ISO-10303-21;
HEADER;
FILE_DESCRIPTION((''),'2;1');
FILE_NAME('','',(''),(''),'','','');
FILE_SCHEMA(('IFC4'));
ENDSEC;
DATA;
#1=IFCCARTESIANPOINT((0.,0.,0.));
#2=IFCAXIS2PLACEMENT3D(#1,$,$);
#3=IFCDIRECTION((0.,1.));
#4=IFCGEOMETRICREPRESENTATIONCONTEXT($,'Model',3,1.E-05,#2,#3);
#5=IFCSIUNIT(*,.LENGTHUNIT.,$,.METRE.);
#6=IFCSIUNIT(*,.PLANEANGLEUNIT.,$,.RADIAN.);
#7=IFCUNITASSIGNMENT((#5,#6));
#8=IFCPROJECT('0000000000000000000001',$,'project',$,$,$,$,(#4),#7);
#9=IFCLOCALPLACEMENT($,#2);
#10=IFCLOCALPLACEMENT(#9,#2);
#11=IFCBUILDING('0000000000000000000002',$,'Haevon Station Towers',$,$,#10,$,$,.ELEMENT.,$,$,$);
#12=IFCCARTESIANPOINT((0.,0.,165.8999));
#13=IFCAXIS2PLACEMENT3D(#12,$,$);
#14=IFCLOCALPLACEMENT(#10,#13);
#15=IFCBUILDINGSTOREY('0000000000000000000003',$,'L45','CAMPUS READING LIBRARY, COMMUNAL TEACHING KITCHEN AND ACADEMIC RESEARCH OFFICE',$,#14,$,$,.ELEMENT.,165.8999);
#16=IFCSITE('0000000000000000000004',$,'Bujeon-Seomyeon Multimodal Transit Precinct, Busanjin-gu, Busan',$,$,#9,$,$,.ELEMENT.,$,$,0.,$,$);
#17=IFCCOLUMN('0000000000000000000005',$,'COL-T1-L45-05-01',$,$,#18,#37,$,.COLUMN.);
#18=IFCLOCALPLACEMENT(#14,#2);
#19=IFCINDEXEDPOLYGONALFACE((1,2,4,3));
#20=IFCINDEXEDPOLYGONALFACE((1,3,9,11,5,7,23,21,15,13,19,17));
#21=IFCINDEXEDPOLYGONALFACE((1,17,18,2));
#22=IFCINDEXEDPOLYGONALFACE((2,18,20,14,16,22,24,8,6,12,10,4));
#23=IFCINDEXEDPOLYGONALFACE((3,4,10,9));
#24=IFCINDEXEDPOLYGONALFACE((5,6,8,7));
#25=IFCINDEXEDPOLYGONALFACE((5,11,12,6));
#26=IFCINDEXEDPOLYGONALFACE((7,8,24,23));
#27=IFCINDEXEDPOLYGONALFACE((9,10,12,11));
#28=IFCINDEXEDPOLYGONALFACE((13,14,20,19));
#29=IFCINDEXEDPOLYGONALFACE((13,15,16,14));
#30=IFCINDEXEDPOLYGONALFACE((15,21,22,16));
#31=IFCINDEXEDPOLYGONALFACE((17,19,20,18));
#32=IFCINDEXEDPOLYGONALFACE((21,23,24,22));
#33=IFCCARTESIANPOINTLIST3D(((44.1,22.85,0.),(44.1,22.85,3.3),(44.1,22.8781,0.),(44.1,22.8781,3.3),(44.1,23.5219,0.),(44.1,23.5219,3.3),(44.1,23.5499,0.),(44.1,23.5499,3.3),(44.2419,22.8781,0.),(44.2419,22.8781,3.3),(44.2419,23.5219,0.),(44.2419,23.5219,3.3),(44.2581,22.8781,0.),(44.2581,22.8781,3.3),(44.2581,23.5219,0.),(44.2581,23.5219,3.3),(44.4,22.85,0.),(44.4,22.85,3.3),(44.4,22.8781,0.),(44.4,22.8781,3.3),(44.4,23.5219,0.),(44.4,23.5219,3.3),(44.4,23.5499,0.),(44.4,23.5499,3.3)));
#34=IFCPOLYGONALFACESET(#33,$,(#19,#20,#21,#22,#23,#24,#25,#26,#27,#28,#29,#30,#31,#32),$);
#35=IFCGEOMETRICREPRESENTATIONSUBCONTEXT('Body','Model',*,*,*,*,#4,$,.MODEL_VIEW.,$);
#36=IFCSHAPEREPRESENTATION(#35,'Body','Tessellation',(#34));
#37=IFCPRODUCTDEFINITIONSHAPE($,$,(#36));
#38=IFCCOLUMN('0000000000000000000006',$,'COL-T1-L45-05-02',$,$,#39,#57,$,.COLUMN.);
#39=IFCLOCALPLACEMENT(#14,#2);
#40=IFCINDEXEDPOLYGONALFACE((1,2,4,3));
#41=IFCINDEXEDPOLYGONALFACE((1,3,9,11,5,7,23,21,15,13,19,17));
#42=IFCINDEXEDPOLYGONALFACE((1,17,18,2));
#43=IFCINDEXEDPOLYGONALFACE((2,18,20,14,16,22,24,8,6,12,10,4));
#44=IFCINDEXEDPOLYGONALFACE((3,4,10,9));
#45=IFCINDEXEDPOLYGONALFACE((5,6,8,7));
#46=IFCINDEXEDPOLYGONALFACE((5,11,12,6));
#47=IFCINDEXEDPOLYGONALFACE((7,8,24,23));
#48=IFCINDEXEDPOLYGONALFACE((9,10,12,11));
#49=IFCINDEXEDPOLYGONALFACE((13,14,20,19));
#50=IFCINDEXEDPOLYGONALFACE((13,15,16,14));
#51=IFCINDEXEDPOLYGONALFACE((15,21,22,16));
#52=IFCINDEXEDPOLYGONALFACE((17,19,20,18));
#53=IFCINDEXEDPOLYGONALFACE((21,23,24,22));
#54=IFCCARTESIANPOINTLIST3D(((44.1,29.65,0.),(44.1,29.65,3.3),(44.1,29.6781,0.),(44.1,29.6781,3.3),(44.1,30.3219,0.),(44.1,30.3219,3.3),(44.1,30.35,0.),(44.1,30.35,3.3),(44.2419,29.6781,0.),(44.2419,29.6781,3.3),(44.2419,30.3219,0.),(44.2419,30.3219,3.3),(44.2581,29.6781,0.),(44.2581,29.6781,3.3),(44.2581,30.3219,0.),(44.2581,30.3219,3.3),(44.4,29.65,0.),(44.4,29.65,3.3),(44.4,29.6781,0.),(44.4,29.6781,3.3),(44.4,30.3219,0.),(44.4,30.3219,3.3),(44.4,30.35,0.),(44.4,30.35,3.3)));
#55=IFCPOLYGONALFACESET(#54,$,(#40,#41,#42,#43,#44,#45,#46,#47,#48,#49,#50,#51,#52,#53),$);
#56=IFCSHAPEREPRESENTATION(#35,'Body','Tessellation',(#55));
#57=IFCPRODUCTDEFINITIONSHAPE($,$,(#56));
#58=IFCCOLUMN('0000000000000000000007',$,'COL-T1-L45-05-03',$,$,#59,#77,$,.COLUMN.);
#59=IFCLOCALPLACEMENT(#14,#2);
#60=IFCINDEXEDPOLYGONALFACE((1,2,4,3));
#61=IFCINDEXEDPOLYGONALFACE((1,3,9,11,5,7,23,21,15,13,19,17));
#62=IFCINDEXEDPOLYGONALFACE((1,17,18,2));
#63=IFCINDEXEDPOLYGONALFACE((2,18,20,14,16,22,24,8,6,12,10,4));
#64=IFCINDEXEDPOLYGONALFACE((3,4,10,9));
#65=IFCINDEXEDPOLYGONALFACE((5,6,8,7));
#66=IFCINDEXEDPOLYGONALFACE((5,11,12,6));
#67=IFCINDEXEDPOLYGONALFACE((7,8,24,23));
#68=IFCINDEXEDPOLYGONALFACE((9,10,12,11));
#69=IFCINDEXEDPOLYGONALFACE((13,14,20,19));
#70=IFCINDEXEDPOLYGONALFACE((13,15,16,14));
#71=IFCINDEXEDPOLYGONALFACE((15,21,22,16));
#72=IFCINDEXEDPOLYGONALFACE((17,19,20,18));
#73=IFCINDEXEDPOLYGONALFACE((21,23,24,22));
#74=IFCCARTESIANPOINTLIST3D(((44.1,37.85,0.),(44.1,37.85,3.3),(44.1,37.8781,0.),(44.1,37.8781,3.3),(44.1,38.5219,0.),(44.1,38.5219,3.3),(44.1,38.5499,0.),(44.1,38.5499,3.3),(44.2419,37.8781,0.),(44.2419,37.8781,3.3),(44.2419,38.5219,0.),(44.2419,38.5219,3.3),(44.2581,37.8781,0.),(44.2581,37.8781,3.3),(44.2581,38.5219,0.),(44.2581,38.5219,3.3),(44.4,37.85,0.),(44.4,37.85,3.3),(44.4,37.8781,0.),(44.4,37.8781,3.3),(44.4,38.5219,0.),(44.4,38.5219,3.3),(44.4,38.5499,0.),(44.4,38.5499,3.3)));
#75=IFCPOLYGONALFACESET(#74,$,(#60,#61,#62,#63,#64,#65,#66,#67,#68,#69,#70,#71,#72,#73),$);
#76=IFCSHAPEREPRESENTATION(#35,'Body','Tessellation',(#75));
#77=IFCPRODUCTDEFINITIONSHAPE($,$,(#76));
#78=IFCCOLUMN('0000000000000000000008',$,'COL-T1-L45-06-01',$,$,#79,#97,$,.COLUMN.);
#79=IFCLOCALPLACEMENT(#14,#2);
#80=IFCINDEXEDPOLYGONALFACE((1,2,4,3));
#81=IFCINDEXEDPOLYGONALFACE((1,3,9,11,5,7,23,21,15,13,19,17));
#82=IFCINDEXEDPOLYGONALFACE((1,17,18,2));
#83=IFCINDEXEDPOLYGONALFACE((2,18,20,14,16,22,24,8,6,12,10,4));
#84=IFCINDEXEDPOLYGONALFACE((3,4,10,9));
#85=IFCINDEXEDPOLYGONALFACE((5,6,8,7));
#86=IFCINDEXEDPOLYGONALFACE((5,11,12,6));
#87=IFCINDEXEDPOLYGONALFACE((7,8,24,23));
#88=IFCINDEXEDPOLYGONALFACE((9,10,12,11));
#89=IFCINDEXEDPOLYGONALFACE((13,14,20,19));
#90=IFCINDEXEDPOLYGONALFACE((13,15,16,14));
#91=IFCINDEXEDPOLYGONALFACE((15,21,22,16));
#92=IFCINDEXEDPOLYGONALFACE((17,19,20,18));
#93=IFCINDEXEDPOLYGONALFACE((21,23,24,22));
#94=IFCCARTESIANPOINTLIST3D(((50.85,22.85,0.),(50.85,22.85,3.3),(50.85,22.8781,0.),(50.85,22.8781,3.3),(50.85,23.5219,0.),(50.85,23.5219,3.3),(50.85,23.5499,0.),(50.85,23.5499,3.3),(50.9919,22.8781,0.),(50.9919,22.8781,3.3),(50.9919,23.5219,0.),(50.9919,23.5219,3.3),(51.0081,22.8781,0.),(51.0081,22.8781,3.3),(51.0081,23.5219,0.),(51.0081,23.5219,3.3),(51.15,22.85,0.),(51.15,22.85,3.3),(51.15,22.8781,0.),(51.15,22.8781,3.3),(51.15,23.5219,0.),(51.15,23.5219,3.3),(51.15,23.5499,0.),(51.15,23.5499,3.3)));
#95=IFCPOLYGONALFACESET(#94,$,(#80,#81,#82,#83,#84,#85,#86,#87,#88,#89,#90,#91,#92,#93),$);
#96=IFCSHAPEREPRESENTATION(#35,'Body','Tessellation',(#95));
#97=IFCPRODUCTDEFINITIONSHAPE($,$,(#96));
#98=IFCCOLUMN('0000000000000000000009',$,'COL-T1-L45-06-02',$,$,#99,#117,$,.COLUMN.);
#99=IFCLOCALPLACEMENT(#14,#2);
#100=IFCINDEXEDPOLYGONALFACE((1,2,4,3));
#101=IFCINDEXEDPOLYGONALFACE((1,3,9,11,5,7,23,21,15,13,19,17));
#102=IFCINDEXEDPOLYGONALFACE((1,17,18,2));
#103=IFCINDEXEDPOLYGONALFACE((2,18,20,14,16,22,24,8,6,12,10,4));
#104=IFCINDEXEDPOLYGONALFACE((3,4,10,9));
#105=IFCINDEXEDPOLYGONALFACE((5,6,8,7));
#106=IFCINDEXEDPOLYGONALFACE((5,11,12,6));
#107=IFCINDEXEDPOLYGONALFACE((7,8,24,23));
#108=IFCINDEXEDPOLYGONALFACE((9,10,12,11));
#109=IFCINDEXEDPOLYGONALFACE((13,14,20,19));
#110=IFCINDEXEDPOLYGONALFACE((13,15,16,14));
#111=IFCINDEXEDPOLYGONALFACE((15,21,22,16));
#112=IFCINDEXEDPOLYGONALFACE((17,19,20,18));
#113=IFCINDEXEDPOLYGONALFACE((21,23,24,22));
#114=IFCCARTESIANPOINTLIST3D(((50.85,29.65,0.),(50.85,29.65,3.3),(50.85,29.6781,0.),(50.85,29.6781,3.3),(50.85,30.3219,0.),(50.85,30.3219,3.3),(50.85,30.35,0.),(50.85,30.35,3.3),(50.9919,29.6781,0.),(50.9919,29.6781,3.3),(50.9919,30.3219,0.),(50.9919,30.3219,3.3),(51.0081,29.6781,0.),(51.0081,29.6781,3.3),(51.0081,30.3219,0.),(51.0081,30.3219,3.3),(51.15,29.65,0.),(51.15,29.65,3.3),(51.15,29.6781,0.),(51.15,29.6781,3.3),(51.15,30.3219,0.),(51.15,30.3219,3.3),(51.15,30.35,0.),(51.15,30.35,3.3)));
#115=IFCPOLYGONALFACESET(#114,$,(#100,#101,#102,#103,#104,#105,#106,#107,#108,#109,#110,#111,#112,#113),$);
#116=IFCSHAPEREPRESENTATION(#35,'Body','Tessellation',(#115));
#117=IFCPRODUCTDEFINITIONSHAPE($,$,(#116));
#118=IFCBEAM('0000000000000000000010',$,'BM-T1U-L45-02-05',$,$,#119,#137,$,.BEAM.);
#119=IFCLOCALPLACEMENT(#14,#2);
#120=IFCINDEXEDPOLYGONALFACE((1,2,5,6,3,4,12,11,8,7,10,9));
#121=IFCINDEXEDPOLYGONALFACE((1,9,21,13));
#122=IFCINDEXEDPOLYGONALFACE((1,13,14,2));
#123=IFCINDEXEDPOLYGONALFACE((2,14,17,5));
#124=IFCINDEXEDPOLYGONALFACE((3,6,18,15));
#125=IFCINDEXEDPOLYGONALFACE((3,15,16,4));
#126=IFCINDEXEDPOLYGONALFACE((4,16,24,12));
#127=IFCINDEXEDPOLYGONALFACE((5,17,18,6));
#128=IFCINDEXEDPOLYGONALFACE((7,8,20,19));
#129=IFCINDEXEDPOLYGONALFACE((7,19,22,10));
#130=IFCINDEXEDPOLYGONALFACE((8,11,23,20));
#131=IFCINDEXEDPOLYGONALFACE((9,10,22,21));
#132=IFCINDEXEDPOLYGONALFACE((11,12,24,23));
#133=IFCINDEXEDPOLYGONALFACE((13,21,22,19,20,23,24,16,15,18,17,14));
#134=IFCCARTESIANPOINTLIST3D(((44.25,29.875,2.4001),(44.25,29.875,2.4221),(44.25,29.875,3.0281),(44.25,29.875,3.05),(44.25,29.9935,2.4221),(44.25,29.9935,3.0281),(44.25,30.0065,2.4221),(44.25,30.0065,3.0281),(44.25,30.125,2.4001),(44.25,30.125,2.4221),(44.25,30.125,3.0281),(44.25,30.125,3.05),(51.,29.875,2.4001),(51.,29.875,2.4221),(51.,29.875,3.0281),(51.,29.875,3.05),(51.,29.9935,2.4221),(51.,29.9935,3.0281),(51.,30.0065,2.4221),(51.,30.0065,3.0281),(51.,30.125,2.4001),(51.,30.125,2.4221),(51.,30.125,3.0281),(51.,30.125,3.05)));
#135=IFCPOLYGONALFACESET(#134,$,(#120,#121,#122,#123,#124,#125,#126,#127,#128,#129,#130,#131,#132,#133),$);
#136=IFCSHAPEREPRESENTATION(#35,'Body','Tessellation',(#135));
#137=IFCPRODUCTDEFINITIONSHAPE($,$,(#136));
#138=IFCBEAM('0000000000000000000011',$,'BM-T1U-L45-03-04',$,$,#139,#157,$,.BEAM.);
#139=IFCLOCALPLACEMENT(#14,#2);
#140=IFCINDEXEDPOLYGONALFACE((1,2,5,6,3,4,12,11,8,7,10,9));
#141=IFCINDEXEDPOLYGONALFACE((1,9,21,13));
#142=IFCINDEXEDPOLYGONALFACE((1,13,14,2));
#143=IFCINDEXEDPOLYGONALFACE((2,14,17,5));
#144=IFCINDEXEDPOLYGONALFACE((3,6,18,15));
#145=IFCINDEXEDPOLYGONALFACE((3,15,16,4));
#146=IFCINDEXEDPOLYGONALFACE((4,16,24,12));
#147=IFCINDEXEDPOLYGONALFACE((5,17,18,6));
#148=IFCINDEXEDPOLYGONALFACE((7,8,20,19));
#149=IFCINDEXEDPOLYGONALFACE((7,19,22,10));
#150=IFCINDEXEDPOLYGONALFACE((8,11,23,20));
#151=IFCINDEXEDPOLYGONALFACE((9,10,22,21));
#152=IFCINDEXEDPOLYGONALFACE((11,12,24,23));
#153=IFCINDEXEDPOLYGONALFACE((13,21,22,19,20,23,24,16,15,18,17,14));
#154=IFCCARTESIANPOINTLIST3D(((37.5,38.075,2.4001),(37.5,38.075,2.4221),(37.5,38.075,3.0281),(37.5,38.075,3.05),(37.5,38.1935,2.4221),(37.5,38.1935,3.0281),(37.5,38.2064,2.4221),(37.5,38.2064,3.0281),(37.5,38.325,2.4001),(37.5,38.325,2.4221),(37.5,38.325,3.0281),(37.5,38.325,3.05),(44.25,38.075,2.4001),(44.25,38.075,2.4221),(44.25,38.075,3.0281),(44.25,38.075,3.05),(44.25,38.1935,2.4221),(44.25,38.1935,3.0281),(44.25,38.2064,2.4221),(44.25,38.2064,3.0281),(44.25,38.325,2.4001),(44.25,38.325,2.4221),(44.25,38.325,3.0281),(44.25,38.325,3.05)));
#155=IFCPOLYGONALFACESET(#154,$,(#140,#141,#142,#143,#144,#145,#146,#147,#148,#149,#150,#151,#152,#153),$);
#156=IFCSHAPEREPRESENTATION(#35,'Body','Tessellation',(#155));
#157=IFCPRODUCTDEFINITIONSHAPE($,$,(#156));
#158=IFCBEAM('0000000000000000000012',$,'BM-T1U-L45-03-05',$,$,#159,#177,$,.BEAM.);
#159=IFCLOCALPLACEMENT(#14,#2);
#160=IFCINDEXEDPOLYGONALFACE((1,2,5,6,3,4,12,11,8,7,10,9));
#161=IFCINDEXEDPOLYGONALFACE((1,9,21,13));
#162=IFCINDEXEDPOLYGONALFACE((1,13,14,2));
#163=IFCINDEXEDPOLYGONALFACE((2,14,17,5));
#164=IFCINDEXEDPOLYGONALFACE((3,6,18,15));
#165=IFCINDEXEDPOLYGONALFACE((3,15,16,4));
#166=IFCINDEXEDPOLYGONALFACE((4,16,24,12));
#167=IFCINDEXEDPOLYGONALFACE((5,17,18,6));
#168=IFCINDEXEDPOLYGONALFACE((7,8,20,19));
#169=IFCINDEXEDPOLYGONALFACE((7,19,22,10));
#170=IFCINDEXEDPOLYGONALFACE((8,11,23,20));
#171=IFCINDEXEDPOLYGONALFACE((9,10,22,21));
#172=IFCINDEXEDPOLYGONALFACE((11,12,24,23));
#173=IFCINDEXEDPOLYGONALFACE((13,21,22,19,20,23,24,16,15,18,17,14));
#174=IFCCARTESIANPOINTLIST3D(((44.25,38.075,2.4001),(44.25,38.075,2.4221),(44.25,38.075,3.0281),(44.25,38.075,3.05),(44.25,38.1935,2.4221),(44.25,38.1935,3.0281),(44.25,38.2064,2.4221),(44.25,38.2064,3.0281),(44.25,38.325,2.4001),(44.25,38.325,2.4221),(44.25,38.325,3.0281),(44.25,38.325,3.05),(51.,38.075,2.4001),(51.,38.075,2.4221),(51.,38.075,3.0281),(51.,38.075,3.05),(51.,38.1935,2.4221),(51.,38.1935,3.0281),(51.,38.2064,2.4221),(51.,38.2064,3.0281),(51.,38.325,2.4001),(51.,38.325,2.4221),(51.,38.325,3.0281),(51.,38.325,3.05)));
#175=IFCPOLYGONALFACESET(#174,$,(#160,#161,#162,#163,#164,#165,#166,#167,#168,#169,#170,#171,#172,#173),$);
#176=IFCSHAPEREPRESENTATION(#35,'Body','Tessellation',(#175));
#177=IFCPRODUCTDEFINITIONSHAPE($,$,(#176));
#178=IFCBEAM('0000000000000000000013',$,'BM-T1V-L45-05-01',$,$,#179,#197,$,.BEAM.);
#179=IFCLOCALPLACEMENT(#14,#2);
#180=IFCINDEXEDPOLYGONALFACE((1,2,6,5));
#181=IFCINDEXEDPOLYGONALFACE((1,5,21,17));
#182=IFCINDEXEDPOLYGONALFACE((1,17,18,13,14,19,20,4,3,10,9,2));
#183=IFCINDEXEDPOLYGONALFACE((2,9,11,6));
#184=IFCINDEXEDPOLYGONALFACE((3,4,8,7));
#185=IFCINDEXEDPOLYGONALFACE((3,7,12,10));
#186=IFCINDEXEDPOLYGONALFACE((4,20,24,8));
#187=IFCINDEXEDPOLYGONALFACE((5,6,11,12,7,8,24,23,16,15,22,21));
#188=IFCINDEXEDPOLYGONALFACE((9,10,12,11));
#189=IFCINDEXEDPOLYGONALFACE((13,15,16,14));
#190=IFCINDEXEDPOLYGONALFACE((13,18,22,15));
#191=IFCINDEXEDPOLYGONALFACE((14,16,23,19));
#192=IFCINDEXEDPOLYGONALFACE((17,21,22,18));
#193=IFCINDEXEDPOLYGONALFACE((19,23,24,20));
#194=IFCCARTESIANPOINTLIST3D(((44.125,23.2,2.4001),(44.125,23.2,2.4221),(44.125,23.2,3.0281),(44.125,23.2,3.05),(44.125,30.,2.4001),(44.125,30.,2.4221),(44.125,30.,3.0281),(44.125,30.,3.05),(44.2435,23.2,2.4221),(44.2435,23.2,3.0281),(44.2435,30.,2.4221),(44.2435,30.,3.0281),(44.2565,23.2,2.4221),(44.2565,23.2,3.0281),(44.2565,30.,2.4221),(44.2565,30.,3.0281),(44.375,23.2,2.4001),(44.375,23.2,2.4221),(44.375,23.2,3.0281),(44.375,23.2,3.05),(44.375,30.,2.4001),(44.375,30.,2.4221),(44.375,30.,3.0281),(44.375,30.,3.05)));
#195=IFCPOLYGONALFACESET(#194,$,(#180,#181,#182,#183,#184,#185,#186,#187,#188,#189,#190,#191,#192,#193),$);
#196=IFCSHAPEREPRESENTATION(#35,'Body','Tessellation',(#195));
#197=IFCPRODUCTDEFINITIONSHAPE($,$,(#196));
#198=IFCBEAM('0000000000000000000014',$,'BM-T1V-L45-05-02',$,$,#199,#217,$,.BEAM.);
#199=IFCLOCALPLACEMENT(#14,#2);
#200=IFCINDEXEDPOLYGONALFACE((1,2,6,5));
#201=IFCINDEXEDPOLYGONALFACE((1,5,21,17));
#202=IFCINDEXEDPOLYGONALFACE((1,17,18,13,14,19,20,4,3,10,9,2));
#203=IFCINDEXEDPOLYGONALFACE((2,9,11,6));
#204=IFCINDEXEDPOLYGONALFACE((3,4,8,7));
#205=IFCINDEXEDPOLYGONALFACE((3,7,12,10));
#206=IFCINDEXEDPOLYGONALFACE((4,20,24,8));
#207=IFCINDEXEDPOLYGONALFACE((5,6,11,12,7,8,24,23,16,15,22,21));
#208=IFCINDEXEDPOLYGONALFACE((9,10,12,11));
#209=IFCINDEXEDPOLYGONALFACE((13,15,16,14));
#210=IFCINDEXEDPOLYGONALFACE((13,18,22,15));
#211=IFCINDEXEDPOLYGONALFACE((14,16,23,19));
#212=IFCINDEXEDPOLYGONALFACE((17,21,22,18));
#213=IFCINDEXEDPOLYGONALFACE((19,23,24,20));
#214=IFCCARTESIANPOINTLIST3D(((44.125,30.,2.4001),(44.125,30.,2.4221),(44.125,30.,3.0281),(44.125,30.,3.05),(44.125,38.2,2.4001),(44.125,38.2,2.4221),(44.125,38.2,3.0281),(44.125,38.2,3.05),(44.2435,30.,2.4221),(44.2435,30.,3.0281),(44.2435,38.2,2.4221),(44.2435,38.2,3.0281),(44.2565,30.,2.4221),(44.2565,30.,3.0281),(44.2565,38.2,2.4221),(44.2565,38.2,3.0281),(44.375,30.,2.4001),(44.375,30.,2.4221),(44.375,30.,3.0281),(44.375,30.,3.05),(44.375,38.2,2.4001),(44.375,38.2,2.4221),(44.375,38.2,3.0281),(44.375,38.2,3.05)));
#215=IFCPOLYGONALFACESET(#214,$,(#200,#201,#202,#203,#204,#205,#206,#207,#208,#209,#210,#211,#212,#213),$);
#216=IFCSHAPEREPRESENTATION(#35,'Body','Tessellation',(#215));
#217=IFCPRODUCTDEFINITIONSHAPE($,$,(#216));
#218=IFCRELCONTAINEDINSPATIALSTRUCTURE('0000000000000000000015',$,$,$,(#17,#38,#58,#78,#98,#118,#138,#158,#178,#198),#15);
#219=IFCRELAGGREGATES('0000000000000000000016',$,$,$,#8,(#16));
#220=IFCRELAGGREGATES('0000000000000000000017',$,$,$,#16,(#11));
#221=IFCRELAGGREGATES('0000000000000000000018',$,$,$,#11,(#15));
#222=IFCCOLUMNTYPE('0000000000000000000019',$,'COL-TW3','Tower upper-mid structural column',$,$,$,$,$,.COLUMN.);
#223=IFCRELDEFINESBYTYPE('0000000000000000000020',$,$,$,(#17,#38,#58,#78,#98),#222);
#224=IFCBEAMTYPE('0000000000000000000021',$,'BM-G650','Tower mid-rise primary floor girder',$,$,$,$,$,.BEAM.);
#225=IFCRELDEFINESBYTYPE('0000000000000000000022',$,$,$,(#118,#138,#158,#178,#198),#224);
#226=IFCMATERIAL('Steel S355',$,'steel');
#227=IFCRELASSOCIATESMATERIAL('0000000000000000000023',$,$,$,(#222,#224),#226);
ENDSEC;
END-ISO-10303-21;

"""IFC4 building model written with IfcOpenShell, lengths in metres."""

from ifc_helpers import new_model, si_unit, direction, frame, origin, origin_2d, place, context, subcontext, project, spatial, i_section, extrude, material, material_profile, profile_set, type_object, element, save


model = new_model("IFC4")

# Units and contexts
model_context = context("Model", 3, precision=1e-05, world=origin(), true_north=direction((0.0, 1.0)))
body_context = subcontext(model_context, "Body", "Model", "MODEL_VIEW")
ifc_project = project(units=[si_unit("LENGTHUNIT", "METRE"), si_unit("PLANEANGLEUNIT", "RADIAN")], contexts=[model_context])

# Site, building, storey
site_placement = place(None, origin())
site = spatial("IfcSite", under=ifc_project, at=site_placement, Name="Bujeon-Seomyeon Multimodal Transit Precinct, Busanjin-gu, Busan", CompositionType="ELEMENT", RefElevation=0.0)
building_placement = place(site_placement, origin())
building = spatial("IfcBuilding", under=site, at=building_placement, Name="Haevon Station Towers", CompositionType="ELEMENT")
storey_placement = place(building_placement, frame((0.0, 0.0, 165.8999)))
storey = spatial("IfcBuildingStorey", under=building, at=storey_placement, Name="L45", Description="CAMPUS READING LIBRARY, COMMUNAL TEACHING KITCHEN AND ACADEMIC RESEARCH OFFICE", CompositionType="ELEMENT", Elevation=165.8999)

# Columns
ifc_material_1 = material(Name="Steel S355", Category="steel")
ifc_material_profile_1 = material_profile(ifc_material_1, i_section(OverallWidth=0.3, OverallDepth=0.7, WebThickness=0.0161, FlangeThickness=0.0281, at=origin_2d()), Name="H-700x300x16x28")
ifc_profile_set_1 = profile_set([ifc_material_profile_1], Name="Steel S355")
column_type = type_object("IfcColumnType", Name="COL-TW3", Description="Tower upper-mid structural column", PredefinedType="COLUMN", material=ifc_profile_set_1)
for number, where, z_axis, x_axis, name in (
    (1, (44.25, 23.2, 0.0), (0.0, 0.0, 1.0), (1.0, 0.0, 0.0), "COL-T1-L45-05-01"),
    (2, (44.25, 30.0, 0.0), (0.0, 0.0, 1.0), (1.0, 0.0, 0.0), "COL-T1-L45-05-02"),
    (3, (44.25, 38.2, 0.0), (0.0, 0.0, 1.0), (1.0, 0.0, 0.0), "COL-T1-L45-05-03"),
    (4, (51.0, 23.2, 0.0), (0.0, 0.0, 1.0), (1.0, 0.0, 0.0), "COL-T1-L45-06-01"),
    (5, (51.0, 30.0, 0.0), (0.0, 0.0, 1.0), (1.0, 0.0, 0.0), "COL-T1-L45-06-02"),
):
    element("IfcColumn", number, at=place(storey_placement, frame(where, z_axis=z_axis, x_axis=x_axis)), inside=storey, type_object=column_type, Name=name, PredefinedType="COLUMN", context=body_context, shape_type="SweptSolid", body=[
        extrude(i_section(OverallWidth=0.3, OverallDepth=0.7, WebThickness=0.0161, FlangeThickness=0.0281, at=origin_2d()), origin(), (0.0, 0.0, 1.0), 3.3),
    ])

# Beams
ifc_material_profile_2 = material_profile(ifc_material_1, i_section(OverallWidth=0.25, OverallDepth=0.6499, WebThickness=0.0129, FlangeThickness=0.022, at=origin_2d()), Name="H-650x250x13x22")
ifc_profile_set_2 = profile_set([ifc_material_profile_2], Name="Steel S355")
beam_type_1 = type_object("IfcBeamType", Name="BM-G650", Description="Tower mid-rise primary floor girder", PredefinedType="BEAM", material=ifc_profile_set_2)
for number, where, z_axis, x_axis, name in (
    (6, (44.25, 30.0, 2.7251), (1.0, 0.0, 0.0), (0.0, 1.0, 0.0), "BM-T1U-L45-02-05"),
    (7, (37.5, 38.2, 2.7251), (1.0, 0.0, 0.0), (0.0, 1.0, 0.0), "BM-T1U-L45-03-04"),
    (8, (44.25, 38.2, 2.7251), (1.0, 0.0, 0.0), (0.0, 1.0, 0.0), "BM-T1U-L45-03-05"),
):
    element("IfcBeam", number, at=place(storey_placement, frame(where, z_axis=z_axis, x_axis=x_axis)), inside=storey, type_object=beam_type_1, Name=name, PredefinedType="BEAM", context=body_context, shape_type="SweptSolid", body=[
        extrude(i_section(OverallWidth=0.25, OverallDepth=0.6499, WebThickness=0.0129, FlangeThickness=0.022, at=origin_2d()), origin(), (0.0, 0.0, 1.0), 6.75),
    ])
beam_1_placement = place(storey_placement, frame((44.25, 23.2, 2.7251), z_axis=(0.0, 1.0, 0.0), x_axis=(-1.0, 0.0, 0.0)))
element("IfcBeam", 9, at=beam_1_placement, inside=storey, type_object=beam_type_1, Name="BM-T1V-L45-05-01", PredefinedType="BEAM", context=body_context, shape_type="SweptSolid", body=[
    extrude(i_section(OverallWidth=0.25, OverallDepth=0.6499, WebThickness=0.0129, FlangeThickness=0.022, at=origin_2d()), origin(), (0.0, 0.0, 1.0), 6.8),
])
beam_2_placement = place(storey_placement, frame((44.25, 30.0, 2.7251), z_axis=(0.0, 1.0, 0.0), x_axis=(-1.0, 0.0, 0.0)))
element("IfcBeam", 10, at=beam_2_placement, inside=storey, type_object=beam_type_1, Name="BM-T1V-L45-05-02", PredefinedType="BEAM", context=body_context, shape_type="SweptSolid", body=[
    extrude(i_section(OverallWidth=0.25, OverallDepth=0.6499, WebThickness=0.0129, FlangeThickness=0.022, at=origin_2d()), origin(), (0.0, 0.0, 1.0), 8.2),
])

save(model, "model.ifc")
